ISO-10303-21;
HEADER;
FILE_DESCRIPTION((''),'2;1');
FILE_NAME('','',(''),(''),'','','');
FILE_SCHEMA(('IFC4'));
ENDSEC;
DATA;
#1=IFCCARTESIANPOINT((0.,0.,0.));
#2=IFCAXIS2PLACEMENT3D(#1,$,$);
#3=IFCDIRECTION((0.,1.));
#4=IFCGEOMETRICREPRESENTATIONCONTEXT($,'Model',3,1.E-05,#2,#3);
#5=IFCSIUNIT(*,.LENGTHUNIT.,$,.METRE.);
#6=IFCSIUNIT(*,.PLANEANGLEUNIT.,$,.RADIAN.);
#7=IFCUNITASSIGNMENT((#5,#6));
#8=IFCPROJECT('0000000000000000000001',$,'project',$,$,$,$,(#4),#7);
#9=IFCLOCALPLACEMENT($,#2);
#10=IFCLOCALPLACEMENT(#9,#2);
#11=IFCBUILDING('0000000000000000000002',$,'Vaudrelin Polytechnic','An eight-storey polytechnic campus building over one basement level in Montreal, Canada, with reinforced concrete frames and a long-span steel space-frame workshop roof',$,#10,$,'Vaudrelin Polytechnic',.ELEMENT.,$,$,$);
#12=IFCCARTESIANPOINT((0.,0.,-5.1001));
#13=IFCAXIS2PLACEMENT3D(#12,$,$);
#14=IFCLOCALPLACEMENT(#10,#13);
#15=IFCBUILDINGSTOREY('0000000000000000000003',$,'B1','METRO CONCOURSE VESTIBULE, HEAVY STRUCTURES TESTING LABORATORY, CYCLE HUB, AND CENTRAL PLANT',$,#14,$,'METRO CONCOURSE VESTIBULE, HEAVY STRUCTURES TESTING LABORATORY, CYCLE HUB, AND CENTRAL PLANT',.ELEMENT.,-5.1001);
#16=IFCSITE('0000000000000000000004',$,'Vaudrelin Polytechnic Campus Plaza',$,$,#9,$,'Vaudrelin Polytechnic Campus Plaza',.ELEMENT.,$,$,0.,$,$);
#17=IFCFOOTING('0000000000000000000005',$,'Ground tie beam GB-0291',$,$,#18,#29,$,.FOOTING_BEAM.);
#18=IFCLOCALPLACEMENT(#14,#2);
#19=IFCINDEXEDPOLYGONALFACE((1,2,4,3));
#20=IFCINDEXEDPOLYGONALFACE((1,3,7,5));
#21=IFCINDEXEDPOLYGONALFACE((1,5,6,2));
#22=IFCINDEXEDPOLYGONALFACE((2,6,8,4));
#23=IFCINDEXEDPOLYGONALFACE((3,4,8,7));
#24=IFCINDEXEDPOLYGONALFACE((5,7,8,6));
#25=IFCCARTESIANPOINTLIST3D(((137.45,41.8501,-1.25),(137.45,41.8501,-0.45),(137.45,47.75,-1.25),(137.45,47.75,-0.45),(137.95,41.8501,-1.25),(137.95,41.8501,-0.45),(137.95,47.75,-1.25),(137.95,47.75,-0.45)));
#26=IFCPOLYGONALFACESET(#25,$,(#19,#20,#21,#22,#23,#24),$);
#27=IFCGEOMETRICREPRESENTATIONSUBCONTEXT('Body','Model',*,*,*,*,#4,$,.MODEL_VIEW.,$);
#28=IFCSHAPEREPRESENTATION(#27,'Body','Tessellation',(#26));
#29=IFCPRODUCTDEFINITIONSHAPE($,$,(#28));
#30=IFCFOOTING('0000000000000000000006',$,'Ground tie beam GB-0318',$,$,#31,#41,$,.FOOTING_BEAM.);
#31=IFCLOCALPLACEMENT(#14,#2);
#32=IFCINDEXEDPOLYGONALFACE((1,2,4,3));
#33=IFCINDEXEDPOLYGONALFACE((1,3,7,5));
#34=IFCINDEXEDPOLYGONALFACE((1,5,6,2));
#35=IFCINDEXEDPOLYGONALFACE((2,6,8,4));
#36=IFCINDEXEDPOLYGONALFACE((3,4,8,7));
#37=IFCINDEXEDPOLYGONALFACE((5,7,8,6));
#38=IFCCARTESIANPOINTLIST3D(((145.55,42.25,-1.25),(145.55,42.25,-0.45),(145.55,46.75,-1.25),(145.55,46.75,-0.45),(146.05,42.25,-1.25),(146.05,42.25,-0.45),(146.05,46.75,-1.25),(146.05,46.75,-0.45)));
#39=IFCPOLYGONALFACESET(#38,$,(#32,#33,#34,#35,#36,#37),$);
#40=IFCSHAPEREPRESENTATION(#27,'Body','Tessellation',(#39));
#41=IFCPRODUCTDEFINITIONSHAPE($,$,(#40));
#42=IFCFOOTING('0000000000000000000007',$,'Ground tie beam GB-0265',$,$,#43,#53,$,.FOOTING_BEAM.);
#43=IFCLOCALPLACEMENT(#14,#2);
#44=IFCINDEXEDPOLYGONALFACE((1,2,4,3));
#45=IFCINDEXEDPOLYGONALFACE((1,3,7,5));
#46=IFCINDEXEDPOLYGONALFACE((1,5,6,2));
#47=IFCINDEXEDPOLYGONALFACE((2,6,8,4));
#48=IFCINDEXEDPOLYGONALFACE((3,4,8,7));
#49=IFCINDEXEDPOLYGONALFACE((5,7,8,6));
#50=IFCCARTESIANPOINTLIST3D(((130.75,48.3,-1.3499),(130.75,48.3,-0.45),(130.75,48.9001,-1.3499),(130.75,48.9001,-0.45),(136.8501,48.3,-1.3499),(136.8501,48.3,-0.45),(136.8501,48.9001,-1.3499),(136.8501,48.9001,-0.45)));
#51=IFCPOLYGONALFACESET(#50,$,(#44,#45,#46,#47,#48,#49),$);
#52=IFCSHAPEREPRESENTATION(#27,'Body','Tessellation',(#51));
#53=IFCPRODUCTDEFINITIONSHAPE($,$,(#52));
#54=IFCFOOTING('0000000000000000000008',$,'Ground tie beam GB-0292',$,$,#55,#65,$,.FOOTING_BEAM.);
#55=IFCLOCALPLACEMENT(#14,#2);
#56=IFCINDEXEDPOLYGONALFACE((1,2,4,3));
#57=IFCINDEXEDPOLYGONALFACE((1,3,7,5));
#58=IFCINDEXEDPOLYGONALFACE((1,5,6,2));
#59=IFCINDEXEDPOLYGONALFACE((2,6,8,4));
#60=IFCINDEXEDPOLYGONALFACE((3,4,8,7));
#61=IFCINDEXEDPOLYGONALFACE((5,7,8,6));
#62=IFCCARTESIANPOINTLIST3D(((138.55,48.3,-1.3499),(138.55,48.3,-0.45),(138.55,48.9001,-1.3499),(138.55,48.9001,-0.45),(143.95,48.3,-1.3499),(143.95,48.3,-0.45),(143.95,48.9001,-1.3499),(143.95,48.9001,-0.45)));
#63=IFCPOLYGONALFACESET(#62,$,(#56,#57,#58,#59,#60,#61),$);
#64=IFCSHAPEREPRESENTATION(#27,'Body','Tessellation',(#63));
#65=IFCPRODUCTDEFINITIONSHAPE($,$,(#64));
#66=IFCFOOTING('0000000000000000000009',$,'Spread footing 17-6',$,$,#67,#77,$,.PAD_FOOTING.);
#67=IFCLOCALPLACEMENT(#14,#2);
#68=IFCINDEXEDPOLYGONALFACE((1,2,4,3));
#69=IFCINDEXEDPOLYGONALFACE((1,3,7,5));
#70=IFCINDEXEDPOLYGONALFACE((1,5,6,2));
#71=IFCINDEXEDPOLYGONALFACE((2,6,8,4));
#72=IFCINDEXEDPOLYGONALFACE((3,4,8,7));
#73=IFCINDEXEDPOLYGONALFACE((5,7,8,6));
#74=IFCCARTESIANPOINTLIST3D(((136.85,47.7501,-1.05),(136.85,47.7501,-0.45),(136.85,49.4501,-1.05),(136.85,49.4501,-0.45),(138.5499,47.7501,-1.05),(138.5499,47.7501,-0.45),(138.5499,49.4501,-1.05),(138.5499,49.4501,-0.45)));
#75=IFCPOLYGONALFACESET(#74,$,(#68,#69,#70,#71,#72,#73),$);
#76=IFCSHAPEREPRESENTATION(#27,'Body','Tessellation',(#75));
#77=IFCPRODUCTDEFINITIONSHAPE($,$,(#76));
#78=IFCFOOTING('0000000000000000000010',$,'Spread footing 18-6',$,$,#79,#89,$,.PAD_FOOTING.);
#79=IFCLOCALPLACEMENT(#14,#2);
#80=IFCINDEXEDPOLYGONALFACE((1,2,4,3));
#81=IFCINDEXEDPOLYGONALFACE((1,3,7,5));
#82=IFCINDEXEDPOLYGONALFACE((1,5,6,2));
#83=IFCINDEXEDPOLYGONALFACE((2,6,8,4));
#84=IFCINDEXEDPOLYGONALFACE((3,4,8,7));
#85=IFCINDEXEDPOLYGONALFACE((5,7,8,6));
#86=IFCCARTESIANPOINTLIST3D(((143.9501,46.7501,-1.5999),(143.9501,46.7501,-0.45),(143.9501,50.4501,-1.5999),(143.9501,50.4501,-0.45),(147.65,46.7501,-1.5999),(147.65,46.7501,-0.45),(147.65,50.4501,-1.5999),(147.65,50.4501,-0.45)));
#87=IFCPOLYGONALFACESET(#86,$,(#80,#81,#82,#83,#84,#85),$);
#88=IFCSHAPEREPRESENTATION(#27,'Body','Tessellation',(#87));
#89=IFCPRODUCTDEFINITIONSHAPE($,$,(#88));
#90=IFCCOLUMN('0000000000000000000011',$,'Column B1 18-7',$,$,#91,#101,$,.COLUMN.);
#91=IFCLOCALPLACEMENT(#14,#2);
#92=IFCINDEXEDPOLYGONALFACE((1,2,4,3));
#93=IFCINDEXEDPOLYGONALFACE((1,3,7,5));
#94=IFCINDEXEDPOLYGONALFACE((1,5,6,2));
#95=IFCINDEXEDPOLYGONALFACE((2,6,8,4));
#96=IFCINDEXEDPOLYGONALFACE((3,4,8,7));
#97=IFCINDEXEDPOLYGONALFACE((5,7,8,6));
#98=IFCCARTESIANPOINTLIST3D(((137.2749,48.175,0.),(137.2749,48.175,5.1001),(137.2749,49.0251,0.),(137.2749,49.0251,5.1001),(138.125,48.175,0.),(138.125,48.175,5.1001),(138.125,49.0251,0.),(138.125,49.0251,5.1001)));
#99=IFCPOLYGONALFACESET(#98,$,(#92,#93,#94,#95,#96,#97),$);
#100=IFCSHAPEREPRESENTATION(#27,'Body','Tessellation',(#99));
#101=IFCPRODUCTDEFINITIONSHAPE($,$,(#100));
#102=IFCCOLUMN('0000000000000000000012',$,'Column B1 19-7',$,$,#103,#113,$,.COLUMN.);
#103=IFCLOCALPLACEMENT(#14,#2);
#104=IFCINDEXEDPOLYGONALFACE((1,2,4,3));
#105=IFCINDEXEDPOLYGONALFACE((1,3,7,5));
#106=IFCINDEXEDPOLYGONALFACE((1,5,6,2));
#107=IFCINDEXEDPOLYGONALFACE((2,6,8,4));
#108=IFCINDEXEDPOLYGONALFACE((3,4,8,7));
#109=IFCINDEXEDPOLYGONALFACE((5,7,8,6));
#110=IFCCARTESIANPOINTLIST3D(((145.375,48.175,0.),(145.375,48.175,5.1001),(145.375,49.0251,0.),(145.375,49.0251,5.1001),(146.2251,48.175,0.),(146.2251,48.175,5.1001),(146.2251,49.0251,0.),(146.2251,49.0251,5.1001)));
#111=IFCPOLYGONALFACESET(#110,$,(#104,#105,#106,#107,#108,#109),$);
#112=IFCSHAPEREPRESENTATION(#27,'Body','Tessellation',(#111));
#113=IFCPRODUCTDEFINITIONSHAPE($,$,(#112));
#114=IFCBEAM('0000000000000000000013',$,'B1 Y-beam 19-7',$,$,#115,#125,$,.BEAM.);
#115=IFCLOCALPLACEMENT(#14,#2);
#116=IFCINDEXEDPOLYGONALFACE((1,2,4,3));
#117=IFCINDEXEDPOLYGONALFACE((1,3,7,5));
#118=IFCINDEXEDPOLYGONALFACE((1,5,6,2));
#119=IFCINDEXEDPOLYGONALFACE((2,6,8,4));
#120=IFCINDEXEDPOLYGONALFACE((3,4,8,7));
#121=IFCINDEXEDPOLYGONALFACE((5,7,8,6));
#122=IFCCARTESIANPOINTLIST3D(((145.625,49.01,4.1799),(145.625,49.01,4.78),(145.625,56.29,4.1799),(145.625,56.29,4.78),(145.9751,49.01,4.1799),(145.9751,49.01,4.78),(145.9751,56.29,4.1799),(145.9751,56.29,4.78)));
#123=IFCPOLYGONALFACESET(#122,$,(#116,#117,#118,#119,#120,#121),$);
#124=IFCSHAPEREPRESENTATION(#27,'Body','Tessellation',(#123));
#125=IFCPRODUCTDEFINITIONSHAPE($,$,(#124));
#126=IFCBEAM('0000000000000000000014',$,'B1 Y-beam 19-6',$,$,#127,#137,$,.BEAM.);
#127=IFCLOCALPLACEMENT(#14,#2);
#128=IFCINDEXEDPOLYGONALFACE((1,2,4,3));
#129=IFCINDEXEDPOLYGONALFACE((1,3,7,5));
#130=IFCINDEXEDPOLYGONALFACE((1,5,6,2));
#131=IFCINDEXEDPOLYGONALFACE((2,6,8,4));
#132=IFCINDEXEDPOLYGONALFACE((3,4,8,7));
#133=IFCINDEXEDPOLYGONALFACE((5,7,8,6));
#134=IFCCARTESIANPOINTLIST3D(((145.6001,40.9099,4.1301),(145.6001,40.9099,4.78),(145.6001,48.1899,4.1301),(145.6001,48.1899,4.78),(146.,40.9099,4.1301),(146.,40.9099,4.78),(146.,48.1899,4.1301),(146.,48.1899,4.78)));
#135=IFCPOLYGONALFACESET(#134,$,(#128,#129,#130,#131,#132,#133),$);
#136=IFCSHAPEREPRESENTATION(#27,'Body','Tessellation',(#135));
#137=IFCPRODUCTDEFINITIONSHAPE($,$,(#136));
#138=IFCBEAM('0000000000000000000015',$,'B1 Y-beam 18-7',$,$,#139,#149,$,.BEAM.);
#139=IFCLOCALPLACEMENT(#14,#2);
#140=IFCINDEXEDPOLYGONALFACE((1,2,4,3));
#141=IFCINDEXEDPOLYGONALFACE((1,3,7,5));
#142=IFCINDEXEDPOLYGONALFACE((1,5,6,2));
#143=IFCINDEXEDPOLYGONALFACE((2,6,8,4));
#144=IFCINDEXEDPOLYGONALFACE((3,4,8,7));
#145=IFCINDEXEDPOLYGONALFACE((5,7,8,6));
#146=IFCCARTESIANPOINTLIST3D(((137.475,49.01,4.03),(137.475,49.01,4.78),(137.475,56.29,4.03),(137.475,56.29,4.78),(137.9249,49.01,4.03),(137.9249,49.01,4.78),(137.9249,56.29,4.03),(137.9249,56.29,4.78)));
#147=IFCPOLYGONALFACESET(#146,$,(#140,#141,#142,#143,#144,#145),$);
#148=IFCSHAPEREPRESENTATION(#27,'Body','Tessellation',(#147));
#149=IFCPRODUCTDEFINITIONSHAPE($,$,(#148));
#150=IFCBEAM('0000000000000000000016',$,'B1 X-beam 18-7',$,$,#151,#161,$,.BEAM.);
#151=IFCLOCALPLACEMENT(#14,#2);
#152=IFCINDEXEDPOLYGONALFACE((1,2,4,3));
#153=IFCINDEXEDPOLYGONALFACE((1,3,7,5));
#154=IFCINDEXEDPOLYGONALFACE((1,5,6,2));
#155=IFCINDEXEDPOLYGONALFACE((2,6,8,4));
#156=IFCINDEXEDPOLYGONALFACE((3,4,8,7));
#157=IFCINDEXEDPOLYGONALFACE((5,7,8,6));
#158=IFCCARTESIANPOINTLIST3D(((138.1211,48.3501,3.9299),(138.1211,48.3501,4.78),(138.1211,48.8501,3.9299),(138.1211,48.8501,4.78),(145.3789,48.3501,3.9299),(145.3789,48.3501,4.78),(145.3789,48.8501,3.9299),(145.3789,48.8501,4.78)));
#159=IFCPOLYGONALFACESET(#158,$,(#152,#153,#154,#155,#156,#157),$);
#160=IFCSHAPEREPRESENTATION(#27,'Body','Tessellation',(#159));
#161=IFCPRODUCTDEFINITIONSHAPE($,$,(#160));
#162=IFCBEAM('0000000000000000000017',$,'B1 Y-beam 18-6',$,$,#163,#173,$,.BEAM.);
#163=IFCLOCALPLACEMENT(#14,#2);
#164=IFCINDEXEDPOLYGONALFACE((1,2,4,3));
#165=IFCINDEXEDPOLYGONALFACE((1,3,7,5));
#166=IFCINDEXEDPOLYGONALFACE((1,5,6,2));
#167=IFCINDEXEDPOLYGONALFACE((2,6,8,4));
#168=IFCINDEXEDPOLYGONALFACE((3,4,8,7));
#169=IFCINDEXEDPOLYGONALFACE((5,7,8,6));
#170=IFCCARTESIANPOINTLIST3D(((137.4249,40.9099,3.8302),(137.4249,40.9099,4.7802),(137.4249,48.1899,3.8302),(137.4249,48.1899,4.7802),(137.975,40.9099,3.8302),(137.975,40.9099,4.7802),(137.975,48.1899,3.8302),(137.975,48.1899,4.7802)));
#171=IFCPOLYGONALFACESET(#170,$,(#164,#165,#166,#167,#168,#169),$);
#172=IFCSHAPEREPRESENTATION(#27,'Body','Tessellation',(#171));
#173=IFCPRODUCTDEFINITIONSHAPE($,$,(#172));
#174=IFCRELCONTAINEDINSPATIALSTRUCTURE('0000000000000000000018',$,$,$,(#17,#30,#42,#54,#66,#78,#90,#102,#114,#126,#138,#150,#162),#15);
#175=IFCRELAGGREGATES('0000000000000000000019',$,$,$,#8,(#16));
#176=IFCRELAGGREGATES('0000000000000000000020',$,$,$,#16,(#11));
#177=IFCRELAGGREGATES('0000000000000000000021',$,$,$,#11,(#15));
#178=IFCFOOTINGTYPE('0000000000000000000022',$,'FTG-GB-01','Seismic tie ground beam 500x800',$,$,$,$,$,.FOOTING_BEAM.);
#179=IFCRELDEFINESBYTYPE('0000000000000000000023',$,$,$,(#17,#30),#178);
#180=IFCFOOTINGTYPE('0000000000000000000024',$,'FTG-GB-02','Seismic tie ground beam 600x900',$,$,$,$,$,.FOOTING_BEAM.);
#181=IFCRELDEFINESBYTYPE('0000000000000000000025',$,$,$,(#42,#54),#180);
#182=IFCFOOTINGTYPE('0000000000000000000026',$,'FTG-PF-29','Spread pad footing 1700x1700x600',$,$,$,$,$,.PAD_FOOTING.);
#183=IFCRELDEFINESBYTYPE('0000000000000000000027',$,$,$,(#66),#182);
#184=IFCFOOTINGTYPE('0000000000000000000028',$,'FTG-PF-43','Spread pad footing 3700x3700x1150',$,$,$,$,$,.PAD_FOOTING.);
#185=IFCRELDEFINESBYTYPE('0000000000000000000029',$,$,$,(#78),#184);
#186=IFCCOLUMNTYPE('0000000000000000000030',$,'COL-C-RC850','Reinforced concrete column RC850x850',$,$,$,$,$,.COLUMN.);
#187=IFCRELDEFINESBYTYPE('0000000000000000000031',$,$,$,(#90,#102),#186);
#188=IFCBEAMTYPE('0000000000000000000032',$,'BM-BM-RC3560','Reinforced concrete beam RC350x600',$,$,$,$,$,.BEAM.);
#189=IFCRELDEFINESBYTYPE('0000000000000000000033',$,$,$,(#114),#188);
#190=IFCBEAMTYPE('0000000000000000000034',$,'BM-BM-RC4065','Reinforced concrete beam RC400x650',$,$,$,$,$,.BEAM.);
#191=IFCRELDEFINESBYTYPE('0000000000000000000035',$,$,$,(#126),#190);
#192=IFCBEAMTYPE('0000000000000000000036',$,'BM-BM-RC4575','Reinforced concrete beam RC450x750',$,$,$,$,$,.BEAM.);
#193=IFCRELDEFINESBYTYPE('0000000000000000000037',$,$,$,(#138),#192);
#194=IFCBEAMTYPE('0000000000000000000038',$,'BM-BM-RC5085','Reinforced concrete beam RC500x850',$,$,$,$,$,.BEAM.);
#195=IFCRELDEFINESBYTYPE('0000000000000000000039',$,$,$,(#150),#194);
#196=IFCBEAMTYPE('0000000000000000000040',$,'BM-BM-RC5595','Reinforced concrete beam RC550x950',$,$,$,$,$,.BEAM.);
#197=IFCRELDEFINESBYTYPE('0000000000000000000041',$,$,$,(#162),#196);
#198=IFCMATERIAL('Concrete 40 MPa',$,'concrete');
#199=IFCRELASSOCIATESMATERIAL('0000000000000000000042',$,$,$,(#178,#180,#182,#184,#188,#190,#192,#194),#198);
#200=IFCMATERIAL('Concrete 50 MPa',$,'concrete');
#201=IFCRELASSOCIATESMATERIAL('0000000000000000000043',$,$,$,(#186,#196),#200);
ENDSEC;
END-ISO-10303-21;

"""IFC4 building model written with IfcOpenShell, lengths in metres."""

from ifc_helpers import new_model, si_unit, direction, frame, origin, origin_2d, place, context, subcontext, project, spatial, rectangle, extrude, material, material_profile, profile_set, type_object, element, save


model = new_model("IFC4")

# Units and contexts
model_context = context("Model", 3, precision=1e-05, world=origin(), true_north=direction((0.0, 1.0)))
body_context = subcontext(model_context, "Body", "Model", "MODEL_VIEW")
ifc_project = project(units=[si_unit("LENGTHUNIT", "METRE"), si_unit("PLANEANGLEUNIT", "RADIAN")], contexts=[model_context])

# Site, building, storey
site_placement = place(None, origin())
site = spatial("IfcSite", under=ifc_project, at=site_placement, Name="Vaudrelin Polytechnic Campus Plaza", LongName="Vaudrelin Polytechnic Campus Plaza", CompositionType="ELEMENT", RefElevation=0.0)
building_placement = place(site_placement, origin())
building = spatial("IfcBuilding", under=site, at=building_placement, Name="Vaudrelin Polytechnic", Description="An eight-storey polytechnic campus building over one basement level in Montreal, Canada, with reinforced concrete frames and a long-span steel space-frame workshop roof", LongName="Vaudrelin Polytechnic", CompositionType="ELEMENT")
storey_placement = place(building_placement, frame((0.0, 0.0, -5.1001)))
storey = spatial("IfcBuildingStorey", under=building, at=storey_placement, Name="B1", Description="METRO CONCOURSE VESTIBULE, HEAVY STRUCTURES TESTING LABORATORY, CYCLE HUB, AND CENTRAL PLANT", LongName="METRO CONCOURSE VESTIBULE, HEAVY STRUCTURES TESTING LABORATORY, CYCLE HUB, AND CENTRAL PLANT", CompositionType="ELEMENT", Elevation=-5.1001)

# Footings
ifc_material_1 = material(Name="Concrete 40 MPa", Category="concrete")
footing_type_1 = type_object("IfcFootingType", Name="FTG-GB-01", Description="Seismic tie ground beam 500x800", PredefinedType="FOOTING_BEAM", material=ifc_material_1)
footing_1_placement = place(storey_placement, frame((137.7, 44.8, -1.25), z_axis=(0.0, 0.0, 1.0), x_axis=(1.0, 0.0, 0.0)))
element("IfcFooting", 1, at=footing_1_placement, inside=storey, type_object=footing_type_1, Name="Ground tie beam GB-0291", PredefinedType="FOOTING_BEAM", context=body_context, shape_type="SweptSolid", body=[
    extrude(rectangle(XDim=0.5, YDim=5.8999, at=origin_2d()), origin(), (0.0, 0.0, 1.0), 0.8),
])
footing_2_placement = place(storey_placement, frame((145.8, 44.5, -1.25), z_axis=(0.0, 0.0, 1.0), x_axis=(1.0, 0.0, 0.0)))
element("IfcFooting", 2, at=footing_2_placement, inside=storey, type_object=footing_type_1, Name="Ground tie beam GB-0318", PredefinedType="FOOTING_BEAM", context=body_context, shape_type="SweptSolid", body=[
    extrude(rectangle(XDim=0.5, YDim=4.5, at=origin_2d()), origin(), (0.0, 0.0, 1.0), 0.8),
])
footing_type_2 = type_object("IfcFootingType", Name="FTG-GB-02", Description="Seismic tie ground beam 600x900", PredefinedType="FOOTING_BEAM", material=ifc_material_1)
footing_3_placement = place(storey_placement, frame((133.8, 48.6001, -1.3499), z_axis=(0.0, 0.0, 1.0), x_axis=(1.0, 0.0, 0.0)))
element("IfcFooting", 3, at=footing_3_placement, inside=storey, type_object=footing_type_2, Name="Ground tie beam GB-0265", PredefinedType="FOOTING_BEAM", context=body_context, shape_type="SweptSolid", body=[
    extrude(rectangle(XDim=6.1001, YDim=0.6001, at=origin_2d()), origin(), (0.0, 0.0, 1.0), 0.8999),
])
footing_4_placement = place(storey_placement, frame((141.25, 48.6001, -1.3499), z_axis=(0.0, 0.0, 1.0), x_axis=(1.0, 0.0, 0.0)))
element("IfcFooting", 4, at=footing_4_placement, inside=storey, type_object=footing_type_2, Name="Ground tie beam GB-0292", PredefinedType="FOOTING_BEAM", context=body_context, shape_type="SweptSolid", body=[
    extrude(rectangle(XDim=5.3999, YDim=0.6001, at=origin_2d()), origin(), (0.0, 0.0, 1.0), 0.8999),
])
footing_type_3 = type_object("IfcFootingType", Name="FTG-PF-29", Description="Spread pad footing 1700x1700x600", PredefinedType="PAD_FOOTING", material=ifc_material_1)
footing_5_placement = place(storey_placement, frame((137.7, 48.6001, -1.05), z_axis=(0.0, 0.0, 1.0), x_axis=(1.0, 0.0, 0.0)))
element("IfcFooting", 5, at=footing_5_placement, inside=storey, type_object=footing_type_3, Name="Spread footing 17-6", PredefinedType="PAD_FOOTING", context=body_context, shape_type="SweptSolid", body=[
    extrude(rectangle(XDim=1.7, YDim=1.7, at=origin_2d()), origin(), (0.0, 0.0, 1.0), 0.6001),
])
footing_type_4 = type_object("IfcFootingType", Name="FTG-PF-43", Description="Spread pad footing 3700x3700x1150", PredefinedType="PAD_FOOTING", material=ifc_material_1)
footing_6_placement = place(storey_placement, frame((145.8, 48.6001, -1.5999), z_axis=(0.0, 0.0, 1.0), x_axis=(1.0, 0.0, 0.0)))
element("IfcFooting", 6, at=footing_6_placement, inside=storey, type_object=footing_type_4, Name="Spread footing 18-6", PredefinedType="PAD_FOOTING", context=body_context, shape_type="SweptSolid", body=[
    extrude(rectangle(XDim=3.7, YDim=3.7, at=origin_2d()), origin(), (0.0, 0.0, 1.0), 1.1499),
])

# Columns
ifc_material_2 = material(Name="Concrete 50 MPa", Category="concrete")
ifc_material_profile_1 = material_profile(ifc_material_2, rectangle(XDim=0.8501, YDim=0.8501, at=origin_2d()), Name="RC850x850")
ifc_profile_set_1 = profile_set([ifc_material_profile_1], Name="Concrete 50 MPa")
column_type = type_object("IfcColumnType", Name="COL-C-RC850", Description="Reinforced concrete column RC850x850", PredefinedType="COLUMN", material=ifc_profile_set_1)
for number, where, z_axis, x_axis, name in (
    (7, (137.7, 48.6001, 0.0), (0.0, 0.0, 1.0), (1.0, 0.0, 0.0), "Column B1 18-7"),
    (8, (145.8, 48.6001, 0.0), (0.0, 0.0, 1.0), (1.0, 0.0, 0.0), "Column B1 19-7"),
):
    element("IfcColumn", number, at=place(storey_placement, frame(where, z_axis=z_axis, x_axis=x_axis)), inside=storey, type_object=column_type, Name=name, PredefinedType="COLUMN", context=body_context, shape_type="SweptSolid", body=[
        extrude(rectangle(XDim=0.8501, YDim=0.8501, at=origin_2d()), origin(), (0.0, 0.0, 1.0), 5.1001),
    ])

# Beams
ifc_material_profile_2 = material_profile(ifc_material_1, rectangle(XDim=0.3501, YDim=0.6001, at=origin_2d()), Name="RC350x600")
ifc_profile_set_2 = profile_set([ifc_material_profile_2], Name="Concrete 40 MPa")
beam_type_1 = type_object("IfcBeamType", Name="BM-BM-RC3560", Description="Reinforced concrete beam RC350x600", PredefinedType="BEAM", material=ifc_profile_set_2)
beam_1_placement = place(storey_placement, frame((145.8, 49.01, 4.48), z_axis=(0.0, 1.0, 0.0), x_axis=(-1.0, 0.0, 0.0)))
element("IfcBeam", 9, at=beam_1_placement, inside=storey, type_object=beam_type_1, Name="B1 Y-beam 19-7", PredefinedType="BEAM", context=body_context, shape_type="SweptSolid", body=[
    extrude(rectangle(XDim=0.3501, YDim=0.6001, at=origin_2d()), origin(), (0.0, 0.0, 1.0), 7.28),
])
ifc_material_profile_3 = material_profile(ifc_material_1, rectangle(XDim=0.3999, YDim=0.6499, at=origin_2d()), Name="RC400x650")
ifc_profile_set_3 = profile_set([ifc_material_profile_3], Name="Concrete 40 MPa")
beam_type_2 = type_object("IfcBeamType", Name="BM-BM-RC4065", Description="Reinforced concrete beam RC400x650", PredefinedType="BEAM", material=ifc_profile_set_3)
beam_2_placement = place(storey_placement, frame((145.8, 40.9099, 4.4551), z_axis=(0.0, 1.0, 0.0), x_axis=(-1.0, 0.0, 0.0)))
element("IfcBeam", 10, at=beam_2_placement, inside=storey, type_object=beam_type_2, Name="B1 Y-beam 19-6", PredefinedType="BEAM", context=body_context, shape_type="SweptSolid", body=[
    extrude(rectangle(XDim=0.3999, YDim=0.6499, at=origin_2d()), origin(), (0.0, 0.0, 1.0), 7.28),
])
ifc_material_profile_4 = material_profile(ifc_material_1, rectangle(XDim=0.45, YDim=0.75, at=origin_2d()), Name="RC450x750")
ifc_profile_set_4 = profile_set([ifc_material_profile_4], Name="Concrete 40 MPa")
beam_type_3 = type_object("IfcBeamType", Name="BM-BM-RC4575", Description="Reinforced concrete beam RC450x750", PredefinedType="BEAM", material=ifc_profile_set_4)
beam_3_placement = place(storey_placement, frame((137.7, 49.01, 4.405), z_axis=(0.0, 1.0, 0.0), x_axis=(-1.0, 0.0, 0.0)))
element("IfcBeam", 11, at=beam_3_placement, inside=storey, type_object=beam_type_3, Name="B1 Y-beam 18-7", PredefinedType="BEAM", context=body_context, shape_type="SweptSolid", body=[
    extrude(rectangle(XDim=0.45, YDim=0.75, at=origin_2d()), origin(), (0.0, 0.0, 1.0), 7.28),
])
ifc_material_profile_5 = material_profile(ifc_material_1, rectangle(XDim=0.5, YDim=0.8501, at=origin_2d()), Name="RC500x850")
ifc_profile_set_5 = profile_set([ifc_material_profile_5], Name="Concrete 40 MPa")
beam_type_4 = type_object("IfcBeamType", Name="BM-BM-RC5085", Description="Reinforced concrete beam RC500x850", PredefinedType="BEAM", material=ifc_profile_set_5)
beam_4_placement = place(storey_placement, frame((138.1211, 48.6001, 4.355), z_axis=(1.0, 0.0, 0.0), x_axis=(0.0, 1.0, 0.0)))
element("IfcBeam", 12, at=beam_4_placement, inside=storey, type_object=beam_type_4, Name="B1 X-beam 18-7", PredefinedType="BEAM", context=body_context, shape_type="SweptSolid", body=[
    extrude(rectangle(XDim=0.5, YDim=0.8501, at=origin_2d()), origin(), (0.0, 0.0, 1.0), 7.2578),
])
ifc_material_profile_6 = material_profile(ifc_material_2, rectangle(XDim=0.55, YDim=0.95, at=origin_2d()), Name="RC550x950")
ifc_profile_set_6 = profile_set([ifc_material_profile_6], Name="Concrete 50 MPa")
beam_type_5 = type_object("IfcBeamType", Name="BM-BM-RC5595", Description="Reinforced concrete beam RC550x950", PredefinedType="BEAM", material=ifc_profile_set_6)
beam_5_placement = place(storey_placement, frame((137.7, 40.9099, 4.3052), z_axis=(0.0, 1.0, 0.0), x_axis=(-1.0, 0.0, 0.0)))
element("IfcBeam", 13, at=beam_5_placement, inside=storey, type_object=beam_type_5, Name="B1 Y-beam 18-6", PredefinedType="BEAM", context=body_context, shape_type="SweptSolid", body=[
    extrude(rectangle(XDim=0.55, YDim=0.95, at=origin_2d()), origin(), (0.0, 0.0, 1.0), 7.28),
])

save(model, "model.ifc")
